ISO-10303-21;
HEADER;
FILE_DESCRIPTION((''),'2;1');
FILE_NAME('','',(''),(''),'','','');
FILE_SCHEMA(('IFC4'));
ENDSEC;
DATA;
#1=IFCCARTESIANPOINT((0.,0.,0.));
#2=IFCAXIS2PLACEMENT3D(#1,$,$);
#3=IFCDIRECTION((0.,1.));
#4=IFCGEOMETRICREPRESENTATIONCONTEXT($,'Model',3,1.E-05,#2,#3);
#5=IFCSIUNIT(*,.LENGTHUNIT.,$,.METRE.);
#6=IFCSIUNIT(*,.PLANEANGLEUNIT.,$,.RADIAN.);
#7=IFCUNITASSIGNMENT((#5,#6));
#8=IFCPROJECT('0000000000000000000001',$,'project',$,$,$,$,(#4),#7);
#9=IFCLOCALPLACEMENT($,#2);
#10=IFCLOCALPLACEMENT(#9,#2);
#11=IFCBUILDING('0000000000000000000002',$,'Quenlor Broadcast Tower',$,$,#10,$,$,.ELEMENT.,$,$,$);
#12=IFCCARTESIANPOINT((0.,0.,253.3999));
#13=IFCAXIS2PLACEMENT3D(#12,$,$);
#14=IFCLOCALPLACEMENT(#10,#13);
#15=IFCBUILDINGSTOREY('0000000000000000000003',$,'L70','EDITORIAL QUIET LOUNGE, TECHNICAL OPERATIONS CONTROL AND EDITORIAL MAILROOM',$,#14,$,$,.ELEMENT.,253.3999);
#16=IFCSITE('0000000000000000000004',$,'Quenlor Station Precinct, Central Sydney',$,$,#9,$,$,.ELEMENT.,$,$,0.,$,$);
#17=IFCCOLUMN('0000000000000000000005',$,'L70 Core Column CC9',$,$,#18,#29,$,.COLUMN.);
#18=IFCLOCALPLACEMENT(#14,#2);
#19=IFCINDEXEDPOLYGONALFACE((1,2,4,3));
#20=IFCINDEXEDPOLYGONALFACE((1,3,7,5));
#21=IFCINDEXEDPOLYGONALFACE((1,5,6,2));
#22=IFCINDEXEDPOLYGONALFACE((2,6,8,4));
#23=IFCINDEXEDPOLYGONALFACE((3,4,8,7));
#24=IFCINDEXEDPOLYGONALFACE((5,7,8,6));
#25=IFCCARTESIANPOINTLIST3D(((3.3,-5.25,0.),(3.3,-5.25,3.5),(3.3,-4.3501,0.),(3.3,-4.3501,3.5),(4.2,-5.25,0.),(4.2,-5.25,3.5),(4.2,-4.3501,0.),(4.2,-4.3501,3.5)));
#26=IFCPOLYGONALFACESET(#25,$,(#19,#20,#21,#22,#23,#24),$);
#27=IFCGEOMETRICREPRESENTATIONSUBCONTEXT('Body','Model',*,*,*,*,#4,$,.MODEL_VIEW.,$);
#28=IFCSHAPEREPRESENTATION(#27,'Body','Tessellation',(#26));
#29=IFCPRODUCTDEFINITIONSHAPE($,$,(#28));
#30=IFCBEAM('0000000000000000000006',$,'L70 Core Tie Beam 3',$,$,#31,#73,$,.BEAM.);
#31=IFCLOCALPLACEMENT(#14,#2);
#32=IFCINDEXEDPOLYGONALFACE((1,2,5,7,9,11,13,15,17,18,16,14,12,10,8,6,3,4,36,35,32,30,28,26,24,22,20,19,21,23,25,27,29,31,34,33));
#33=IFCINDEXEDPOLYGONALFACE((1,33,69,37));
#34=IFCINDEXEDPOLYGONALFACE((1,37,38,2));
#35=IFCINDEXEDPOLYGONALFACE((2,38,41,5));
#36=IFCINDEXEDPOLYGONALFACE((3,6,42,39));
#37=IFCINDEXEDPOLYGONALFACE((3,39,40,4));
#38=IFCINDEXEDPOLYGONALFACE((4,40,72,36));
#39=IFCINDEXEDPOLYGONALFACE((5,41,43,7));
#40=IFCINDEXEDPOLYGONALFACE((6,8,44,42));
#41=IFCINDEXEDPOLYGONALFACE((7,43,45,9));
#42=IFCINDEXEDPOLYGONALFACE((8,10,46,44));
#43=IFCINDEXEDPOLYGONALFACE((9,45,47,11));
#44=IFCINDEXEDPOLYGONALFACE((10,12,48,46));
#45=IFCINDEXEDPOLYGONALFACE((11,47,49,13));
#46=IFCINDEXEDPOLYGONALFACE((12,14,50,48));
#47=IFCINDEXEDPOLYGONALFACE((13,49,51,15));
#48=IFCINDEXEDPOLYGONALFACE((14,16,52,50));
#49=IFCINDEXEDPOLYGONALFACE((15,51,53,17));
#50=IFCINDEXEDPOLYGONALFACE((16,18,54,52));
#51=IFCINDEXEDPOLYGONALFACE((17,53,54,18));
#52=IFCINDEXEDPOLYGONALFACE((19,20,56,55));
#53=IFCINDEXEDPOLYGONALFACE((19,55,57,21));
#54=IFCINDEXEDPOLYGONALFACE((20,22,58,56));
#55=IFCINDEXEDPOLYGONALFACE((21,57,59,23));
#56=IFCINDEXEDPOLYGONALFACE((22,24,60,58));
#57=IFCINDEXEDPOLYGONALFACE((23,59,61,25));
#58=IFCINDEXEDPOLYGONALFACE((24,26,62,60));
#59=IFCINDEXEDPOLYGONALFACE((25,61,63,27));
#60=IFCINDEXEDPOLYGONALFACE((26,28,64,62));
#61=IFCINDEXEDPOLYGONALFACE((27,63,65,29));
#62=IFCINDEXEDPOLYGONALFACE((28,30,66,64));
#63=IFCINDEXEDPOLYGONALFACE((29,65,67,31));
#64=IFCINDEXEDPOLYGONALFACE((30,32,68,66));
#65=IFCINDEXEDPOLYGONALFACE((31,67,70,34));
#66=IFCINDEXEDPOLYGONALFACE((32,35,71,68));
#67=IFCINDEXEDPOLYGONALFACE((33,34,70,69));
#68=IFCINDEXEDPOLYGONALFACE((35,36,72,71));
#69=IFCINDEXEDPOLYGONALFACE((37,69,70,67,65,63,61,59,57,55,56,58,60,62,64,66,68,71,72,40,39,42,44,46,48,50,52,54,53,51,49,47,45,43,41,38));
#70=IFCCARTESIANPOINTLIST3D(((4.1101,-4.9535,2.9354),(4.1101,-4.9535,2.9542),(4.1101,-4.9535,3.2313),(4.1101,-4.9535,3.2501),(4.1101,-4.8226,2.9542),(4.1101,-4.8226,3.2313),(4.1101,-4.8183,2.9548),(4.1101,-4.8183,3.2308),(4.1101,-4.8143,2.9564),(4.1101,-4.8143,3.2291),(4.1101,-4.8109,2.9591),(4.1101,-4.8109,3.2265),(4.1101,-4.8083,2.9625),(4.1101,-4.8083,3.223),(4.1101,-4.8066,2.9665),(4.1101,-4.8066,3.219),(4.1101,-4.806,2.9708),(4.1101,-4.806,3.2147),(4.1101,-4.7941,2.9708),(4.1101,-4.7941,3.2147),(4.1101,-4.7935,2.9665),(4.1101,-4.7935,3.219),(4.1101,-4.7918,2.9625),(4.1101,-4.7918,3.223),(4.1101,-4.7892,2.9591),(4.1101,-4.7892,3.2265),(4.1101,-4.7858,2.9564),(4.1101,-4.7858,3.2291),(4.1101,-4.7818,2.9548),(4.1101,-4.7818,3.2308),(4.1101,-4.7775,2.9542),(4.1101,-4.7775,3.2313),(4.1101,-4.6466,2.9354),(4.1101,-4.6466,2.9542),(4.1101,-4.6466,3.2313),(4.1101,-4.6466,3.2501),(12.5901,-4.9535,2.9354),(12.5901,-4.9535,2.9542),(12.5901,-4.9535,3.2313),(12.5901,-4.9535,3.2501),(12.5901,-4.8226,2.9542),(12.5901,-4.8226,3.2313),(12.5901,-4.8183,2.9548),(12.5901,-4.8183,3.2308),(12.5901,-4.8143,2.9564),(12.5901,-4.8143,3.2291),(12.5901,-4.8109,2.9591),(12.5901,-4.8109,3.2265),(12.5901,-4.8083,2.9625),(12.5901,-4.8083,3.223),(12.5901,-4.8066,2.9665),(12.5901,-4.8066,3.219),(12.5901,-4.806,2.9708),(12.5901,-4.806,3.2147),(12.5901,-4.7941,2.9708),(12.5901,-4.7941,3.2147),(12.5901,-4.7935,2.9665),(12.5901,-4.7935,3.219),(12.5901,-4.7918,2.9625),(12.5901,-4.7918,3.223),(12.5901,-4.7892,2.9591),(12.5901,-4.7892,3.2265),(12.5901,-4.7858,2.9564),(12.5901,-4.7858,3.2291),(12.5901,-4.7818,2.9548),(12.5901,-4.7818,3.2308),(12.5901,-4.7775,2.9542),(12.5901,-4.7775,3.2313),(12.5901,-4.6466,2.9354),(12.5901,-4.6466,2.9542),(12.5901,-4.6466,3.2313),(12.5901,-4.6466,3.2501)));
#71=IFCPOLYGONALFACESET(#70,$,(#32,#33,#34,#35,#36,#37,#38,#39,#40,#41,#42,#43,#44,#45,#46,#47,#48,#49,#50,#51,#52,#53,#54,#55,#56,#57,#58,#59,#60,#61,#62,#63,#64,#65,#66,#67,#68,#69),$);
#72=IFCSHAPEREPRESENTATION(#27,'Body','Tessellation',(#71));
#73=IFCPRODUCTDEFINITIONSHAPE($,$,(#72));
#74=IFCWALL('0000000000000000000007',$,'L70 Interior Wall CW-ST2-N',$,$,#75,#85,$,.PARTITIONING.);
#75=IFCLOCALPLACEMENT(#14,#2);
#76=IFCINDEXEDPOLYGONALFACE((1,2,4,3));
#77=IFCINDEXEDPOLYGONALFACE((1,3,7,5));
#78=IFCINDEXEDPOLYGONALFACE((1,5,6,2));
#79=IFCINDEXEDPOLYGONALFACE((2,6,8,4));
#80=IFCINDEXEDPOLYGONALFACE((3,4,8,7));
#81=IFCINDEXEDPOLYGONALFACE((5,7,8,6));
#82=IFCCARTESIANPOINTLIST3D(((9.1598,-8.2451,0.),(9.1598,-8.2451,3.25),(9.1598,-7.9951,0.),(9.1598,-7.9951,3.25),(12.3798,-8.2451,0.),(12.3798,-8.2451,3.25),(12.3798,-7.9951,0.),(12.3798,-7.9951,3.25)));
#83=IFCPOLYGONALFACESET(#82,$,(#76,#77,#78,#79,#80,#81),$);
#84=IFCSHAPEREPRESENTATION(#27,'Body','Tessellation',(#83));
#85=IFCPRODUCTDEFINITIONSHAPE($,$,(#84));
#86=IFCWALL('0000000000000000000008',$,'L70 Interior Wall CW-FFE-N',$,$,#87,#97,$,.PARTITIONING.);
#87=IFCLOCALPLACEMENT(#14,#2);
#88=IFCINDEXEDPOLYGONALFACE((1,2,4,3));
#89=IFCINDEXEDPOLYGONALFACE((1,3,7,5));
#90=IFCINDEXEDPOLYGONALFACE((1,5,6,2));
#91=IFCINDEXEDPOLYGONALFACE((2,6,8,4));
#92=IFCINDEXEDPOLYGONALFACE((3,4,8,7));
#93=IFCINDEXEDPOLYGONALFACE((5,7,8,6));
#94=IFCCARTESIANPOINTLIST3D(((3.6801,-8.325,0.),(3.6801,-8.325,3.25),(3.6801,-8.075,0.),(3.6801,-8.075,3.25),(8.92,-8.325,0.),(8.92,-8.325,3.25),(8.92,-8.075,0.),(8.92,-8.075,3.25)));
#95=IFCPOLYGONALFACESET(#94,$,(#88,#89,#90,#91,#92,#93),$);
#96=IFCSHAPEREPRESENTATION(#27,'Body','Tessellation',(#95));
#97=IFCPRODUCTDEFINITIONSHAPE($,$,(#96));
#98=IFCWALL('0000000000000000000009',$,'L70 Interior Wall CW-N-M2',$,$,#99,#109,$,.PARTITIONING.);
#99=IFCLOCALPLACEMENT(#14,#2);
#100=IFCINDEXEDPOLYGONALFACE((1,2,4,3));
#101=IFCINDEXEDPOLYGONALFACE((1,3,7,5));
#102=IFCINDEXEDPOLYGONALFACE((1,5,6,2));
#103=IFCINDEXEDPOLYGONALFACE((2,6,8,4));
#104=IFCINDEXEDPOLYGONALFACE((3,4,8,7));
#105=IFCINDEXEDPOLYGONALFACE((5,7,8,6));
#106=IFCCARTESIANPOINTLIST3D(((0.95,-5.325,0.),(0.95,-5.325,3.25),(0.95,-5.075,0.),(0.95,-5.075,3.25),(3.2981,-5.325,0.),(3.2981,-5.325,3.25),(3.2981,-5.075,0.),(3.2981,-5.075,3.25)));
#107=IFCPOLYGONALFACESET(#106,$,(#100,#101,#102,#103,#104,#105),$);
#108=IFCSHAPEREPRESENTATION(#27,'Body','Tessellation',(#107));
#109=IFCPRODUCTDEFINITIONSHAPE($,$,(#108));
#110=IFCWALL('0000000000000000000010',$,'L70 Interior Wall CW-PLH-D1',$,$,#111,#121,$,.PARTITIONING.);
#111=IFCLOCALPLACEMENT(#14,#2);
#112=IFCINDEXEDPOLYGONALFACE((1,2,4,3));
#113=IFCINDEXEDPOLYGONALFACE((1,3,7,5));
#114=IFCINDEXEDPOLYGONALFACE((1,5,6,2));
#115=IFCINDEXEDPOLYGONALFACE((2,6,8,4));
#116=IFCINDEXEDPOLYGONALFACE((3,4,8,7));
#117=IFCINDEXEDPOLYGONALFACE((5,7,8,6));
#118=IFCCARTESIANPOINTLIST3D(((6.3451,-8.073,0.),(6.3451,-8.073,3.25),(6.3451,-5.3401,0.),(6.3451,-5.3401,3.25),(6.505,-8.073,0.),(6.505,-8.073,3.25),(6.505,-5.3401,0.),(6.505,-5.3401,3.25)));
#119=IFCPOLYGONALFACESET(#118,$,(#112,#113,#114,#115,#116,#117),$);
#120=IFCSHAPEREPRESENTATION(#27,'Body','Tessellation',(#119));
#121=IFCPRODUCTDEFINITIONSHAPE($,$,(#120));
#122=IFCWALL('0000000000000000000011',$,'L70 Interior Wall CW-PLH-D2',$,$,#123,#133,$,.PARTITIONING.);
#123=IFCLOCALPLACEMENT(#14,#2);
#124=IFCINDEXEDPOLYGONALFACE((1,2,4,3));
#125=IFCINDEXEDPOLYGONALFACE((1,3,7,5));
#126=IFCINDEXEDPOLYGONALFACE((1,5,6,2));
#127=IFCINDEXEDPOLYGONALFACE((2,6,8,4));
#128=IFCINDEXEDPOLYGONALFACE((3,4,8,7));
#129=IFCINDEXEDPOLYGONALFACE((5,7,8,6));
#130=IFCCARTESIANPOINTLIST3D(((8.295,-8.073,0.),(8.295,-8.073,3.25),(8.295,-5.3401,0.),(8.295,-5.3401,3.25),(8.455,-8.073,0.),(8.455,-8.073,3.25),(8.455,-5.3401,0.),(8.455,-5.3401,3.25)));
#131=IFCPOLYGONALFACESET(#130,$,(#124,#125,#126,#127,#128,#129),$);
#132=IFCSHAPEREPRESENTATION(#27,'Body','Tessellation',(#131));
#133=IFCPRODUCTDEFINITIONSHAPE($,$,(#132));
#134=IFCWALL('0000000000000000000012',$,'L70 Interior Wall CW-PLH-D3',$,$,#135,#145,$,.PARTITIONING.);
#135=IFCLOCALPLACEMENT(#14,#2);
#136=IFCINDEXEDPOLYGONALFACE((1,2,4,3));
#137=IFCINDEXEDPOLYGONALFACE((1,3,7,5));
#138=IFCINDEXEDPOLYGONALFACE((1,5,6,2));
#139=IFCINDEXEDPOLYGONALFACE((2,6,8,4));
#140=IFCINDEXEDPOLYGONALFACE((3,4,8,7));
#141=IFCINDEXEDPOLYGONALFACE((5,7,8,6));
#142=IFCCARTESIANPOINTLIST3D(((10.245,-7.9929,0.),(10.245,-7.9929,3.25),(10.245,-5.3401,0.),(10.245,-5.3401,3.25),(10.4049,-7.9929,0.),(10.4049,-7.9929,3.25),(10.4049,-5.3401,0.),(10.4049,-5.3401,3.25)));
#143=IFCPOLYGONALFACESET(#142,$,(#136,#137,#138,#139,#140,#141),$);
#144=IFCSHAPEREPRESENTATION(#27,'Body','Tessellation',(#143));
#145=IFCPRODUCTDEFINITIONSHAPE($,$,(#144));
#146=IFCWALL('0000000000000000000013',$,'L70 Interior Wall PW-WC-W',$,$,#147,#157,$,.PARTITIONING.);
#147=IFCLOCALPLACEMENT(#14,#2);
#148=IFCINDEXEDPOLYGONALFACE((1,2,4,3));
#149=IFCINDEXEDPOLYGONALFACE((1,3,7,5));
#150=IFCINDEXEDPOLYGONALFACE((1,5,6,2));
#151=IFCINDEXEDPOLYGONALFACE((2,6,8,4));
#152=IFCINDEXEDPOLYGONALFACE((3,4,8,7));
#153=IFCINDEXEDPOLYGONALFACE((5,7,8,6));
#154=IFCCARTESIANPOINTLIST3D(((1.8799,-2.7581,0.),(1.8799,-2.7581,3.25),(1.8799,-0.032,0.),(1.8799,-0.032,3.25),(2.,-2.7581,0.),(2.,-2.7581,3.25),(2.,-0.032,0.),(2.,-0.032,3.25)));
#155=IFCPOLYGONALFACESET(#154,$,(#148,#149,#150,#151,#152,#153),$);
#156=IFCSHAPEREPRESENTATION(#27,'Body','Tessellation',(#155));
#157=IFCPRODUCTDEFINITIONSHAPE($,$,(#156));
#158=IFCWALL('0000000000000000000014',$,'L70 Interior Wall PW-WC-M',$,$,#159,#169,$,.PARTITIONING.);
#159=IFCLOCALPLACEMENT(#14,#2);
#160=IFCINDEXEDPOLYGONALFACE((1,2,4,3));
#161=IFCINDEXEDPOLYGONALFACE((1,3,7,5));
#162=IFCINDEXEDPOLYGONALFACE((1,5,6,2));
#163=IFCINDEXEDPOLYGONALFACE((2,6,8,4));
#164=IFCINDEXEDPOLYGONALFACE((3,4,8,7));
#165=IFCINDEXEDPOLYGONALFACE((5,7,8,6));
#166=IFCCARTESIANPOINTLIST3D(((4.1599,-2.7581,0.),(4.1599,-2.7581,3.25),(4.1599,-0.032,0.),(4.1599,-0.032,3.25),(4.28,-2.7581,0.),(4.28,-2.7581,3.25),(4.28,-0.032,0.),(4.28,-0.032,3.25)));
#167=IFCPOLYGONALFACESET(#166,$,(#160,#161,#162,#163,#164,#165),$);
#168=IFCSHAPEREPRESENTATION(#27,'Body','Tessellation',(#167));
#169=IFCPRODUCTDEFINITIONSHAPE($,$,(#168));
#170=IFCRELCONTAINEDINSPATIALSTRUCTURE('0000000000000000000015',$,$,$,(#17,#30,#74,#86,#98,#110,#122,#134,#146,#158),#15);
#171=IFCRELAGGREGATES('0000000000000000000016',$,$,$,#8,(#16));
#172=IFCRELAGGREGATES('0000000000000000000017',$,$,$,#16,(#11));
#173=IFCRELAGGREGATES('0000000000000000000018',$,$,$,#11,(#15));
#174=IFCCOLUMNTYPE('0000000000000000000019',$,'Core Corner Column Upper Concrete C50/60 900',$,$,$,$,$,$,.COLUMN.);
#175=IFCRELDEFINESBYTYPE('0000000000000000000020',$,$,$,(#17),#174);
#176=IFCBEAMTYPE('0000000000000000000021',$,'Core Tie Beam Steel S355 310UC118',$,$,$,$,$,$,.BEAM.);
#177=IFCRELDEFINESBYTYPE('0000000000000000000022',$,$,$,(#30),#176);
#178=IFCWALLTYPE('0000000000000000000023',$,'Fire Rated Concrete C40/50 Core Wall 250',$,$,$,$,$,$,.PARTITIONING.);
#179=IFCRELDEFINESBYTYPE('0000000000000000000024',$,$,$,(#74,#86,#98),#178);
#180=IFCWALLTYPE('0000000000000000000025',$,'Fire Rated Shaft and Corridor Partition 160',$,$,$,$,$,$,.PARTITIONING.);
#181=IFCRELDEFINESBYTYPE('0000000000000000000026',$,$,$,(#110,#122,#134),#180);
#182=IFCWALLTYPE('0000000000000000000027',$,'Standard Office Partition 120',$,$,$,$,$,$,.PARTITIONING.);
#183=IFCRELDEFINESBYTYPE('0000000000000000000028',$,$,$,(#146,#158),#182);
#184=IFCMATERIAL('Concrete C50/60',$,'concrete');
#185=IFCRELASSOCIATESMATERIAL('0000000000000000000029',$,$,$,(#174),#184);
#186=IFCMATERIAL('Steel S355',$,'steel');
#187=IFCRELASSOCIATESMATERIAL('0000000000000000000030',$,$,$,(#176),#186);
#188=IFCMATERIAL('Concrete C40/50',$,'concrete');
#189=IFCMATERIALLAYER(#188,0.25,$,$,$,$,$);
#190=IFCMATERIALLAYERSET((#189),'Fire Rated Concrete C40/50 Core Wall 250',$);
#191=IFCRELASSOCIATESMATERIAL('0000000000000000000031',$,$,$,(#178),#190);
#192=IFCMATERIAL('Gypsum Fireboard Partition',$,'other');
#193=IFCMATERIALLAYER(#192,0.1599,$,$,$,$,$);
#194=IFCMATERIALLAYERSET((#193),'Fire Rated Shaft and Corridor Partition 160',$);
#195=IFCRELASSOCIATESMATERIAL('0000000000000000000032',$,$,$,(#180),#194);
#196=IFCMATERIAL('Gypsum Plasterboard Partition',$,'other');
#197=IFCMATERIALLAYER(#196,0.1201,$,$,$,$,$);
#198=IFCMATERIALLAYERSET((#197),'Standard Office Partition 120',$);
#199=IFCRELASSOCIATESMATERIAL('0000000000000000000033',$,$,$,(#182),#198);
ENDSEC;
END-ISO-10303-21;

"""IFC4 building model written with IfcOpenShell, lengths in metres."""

from ifc_helpers import new_model, si_unit, direction, frame, frame_2d, origin, origin_2d, place, context, subcontext, project, spatial, rectangle, i_section, extrude, material, layer, layer_set, material_profile, profile_set, type_object, element, save


model = new_model("IFC4")

# Units and contexts
model_context = context("Model", 3, precision=1e-05, world=origin(), true_north=direction((0.0, 1.0)))
body_context = subcontext(model_context, "Body", "Model", "MODEL_VIEW")
ifc_project = project(units=[si_unit("LENGTHUNIT", "METRE"), si_unit("PLANEANGLEUNIT", "RADIAN")], contexts=[model_context])

# Site, building, storey
site_placement = place(None, origin())
site = spatial("IfcSite", under=ifc_project, at=site_placement, Name="Quenlor Station Precinct, Central Sydney", CompositionType="ELEMENT", RefElevation=0.0)
building_placement = place(site_placement, origin())
building = spatial("IfcBuilding", under=site, at=building_placement, Name="Quenlor Broadcast Tower", CompositionType="ELEMENT")
storey_placement = place(building_placement, frame((0.0, 0.0, 253.3999)))
storey = spatial("IfcBuildingStorey", under=building, at=storey_placement, Name="L70", Description="EDITORIAL QUIET LOUNGE, TECHNICAL OPERATIONS CONTROL AND EDITORIAL MAILROOM", CompositionType="ELEMENT", Elevation=253.3999)

# Column
ifc_material_1 = material(Name="Concrete C50/60", Category="concrete")
ifc_material_profile_1 = material_profile(ifc_material_1, rectangle(XDim=0.8999, YDim=0.8999, at=origin_2d()))
ifc_profile_set_1 = profile_set([ifc_material_profile_1], Name="Concrete C50/60 RC900x900")
column_type = type_object("IfcColumnType", Name="Core Corner Column Upper Concrete C50/60 900", PredefinedType="COLUMN", material=ifc_profile_set_1)
column_placement = place(storey_placement, frame((3.75, -4.8, 0.0), z_axis=(0.0, 0.0, 1.0), x_axis=(1.0, 0.0, 0.0)))
element("IfcColumn", 1, at=column_placement, inside=storey, type_object=column_type, Name="L70 Core Column CC9", PredefinedType="COLUMN", context=body_context, shape_type="SweptSolid", body=[
    extrude(rectangle(XDim=0.8999, YDim=0.8999, at=origin_2d()), origin(), (0.0, 0.0, 1.0), 3.5),
])

# Beam
ifc_material_2 = material(Name="Steel S355", Category="steel")
ifc_material_profile_2 = material_profile(ifc_material_2, i_section(OverallWidth=0.3069, OverallDepth=0.3147, WebThickness=0.012, FlangeThickness=0.0188, FilletRadius=0.0166, at=origin_2d()))
ifc_profile_set_2 = profile_set([ifc_material_profile_2], Name="Steel S355 310UC118")
beam_type = type_object("IfcBeamType", Name="Core Tie Beam Steel S355 310UC118", PredefinedType="BEAM", material=ifc_profile_set_2)
beam_placement = place(storey_placement, frame((4.1101, -4.8, 3.0928), z_axis=(1.0, 0.0, 0.0), x_axis=(0.0, 1.0, 0.0)))
element("IfcBeam", 2, at=beam_placement, inside=storey, type_object=beam_type, Name="L70 Core Tie Beam 3", PredefinedType="BEAM", context=body_context, shape_type="SweptSolid", body=[
    extrude(i_section(OverallWidth=0.3069, OverallDepth=0.3147, WebThickness=0.012, FlangeThickness=0.0188, FilletRadius=0.0166, at=origin_2d()), origin(), (0.0, 0.0, 1.0), 8.48),
])

# Walls
ifc_material_3 = material(Name="Concrete C40/50", Category="concrete")
ifc_layer_1 = layer(ifc_material_3, 0.25)
ifc_layer_set_1 = layer_set([ifc_layer_1], Name="Fire Rated Concrete C40/50 Core Wall 250")
wall_type_1 = type_object("IfcWallType", Name="Fire Rated Concrete C40/50 Core Wall 250", PredefinedType="PARTITIONING", material=ifc_layer_set_1)
wall_1_placement = place(storey_placement, frame((9.1599, -8.1201, 0.0), z_axis=(0.0, 0.0, 1.0), x_axis=(1.0, 0.0, 0.0)))
element("IfcWall", 3, at=wall_1_placement, inside=storey, type_object=wall_type_1, Name="L70 Interior Wall CW-ST2-N", PredefinedType="PARTITIONING", context=body_context, shape_type="SweptSolid", body=[
    extrude(rectangle(XDim=3.22, YDim=0.25, at=frame_2d((1.6099, 0.0))), origin(), (0.0, 0.0, 1.0), 3.25),
])
wall_2_placement = place(storey_placement, frame((3.6799, -8.2, 0.0), z_axis=(0.0, 0.0, 1.0), x_axis=(1.0, 0.0, 0.0)))
element("IfcWall", 4, at=wall_2_placement, inside=storey, type_object=wall_type_1, Name="L70 Interior Wall CW-FFE-N", PredefinedType="PARTITIONING", context=body_context, shape_type="SweptSolid", body=[
    extrude(rectangle(XDim=5.24, YDim=0.25, at=frame_2d((2.6201, 0.0))), origin(), (0.0, 0.0, 1.0), 3.25),
])

# Walls
wall_3_placement = place(storey_placement, frame((0.95, -5.2, 0.0), z_axis=(0.0, 0.0, 1.0), x_axis=(1.0, 0.0, 0.0)))
element("IfcWall", 5, at=wall_3_placement, inside=storey, type_object=wall_type_1, Name="L70 Interior Wall CW-N-M2", PredefinedType="PARTITIONING", context=body_context, shape_type="SweptSolid", body=[
    extrude(rectangle(XDim=2.3481, YDim=0.25, at=frame_2d((1.1741, 0.0))), origin(), (0.0, 0.0, 1.0), 3.25),
])
ifc_material_4 = material(Name="Gypsum Fireboard Partition", Category="other")
ifc_layer_2 = layer(ifc_material_4, 0.1599)
ifc_layer_set_2 = layer_set([ifc_layer_2], Name="Fire Rated Shaft and Corridor Partition 160")
wall_type_2 = type_object("IfcWallType", Name="Fire Rated Shaft and Corridor Partition 160", PredefinedType="PARTITIONING", material=ifc_layer_set_2)
for number, where, z_axis, x_axis, name in (
    (6, (6.425, -8.073, 0.0), (0.0, 0.0, 1.0), (0.0, 1.0, 0.0), "L70 Interior Wall CW-PLH-D1"),
    (7, (8.375, -8.073, 0.0), (0.0, 0.0, 1.0), (0.0, 1.0, 0.0), "L70 Interior Wall CW-PLH-D2"),
):
    element("IfcWall", number, at=place(storey_placement, frame(where, z_axis=z_axis, x_axis=x_axis)), inside=storey, type_object=wall_type_2, Name=name, PredefinedType="PARTITIONING", context=body_context, shape_type="SweptSolid", body=[
        extrude(rectangle(XDim=2.7329, YDim=0.1599, at=frame_2d((1.3665, 0.0))), origin(), (0.0, 0.0, 1.0), 3.25),
    ])
wall_4_placement = place(storey_placement, frame((10.325, -7.9929, 0.0), z_axis=(0.0, 0.0, 1.0), x_axis=(0.0, 1.0, 0.0)))
element("IfcWall", 8, at=wall_4_placement, inside=storey, type_object=wall_type_2, Name="L70 Interior Wall CW-PLH-D3", PredefinedType="PARTITIONING", context=body_context, shape_type="SweptSolid", body=[
    extrude(rectangle(XDim=2.6528, YDim=0.1599, at=frame_2d((1.3264, 0.0))), origin(), (0.0, 0.0, 1.0), 3.25),
])

# Shared definitions
ifc_material_5 = material(Name="Gypsum Plasterboard Partition", Category="other")
ifc_layer_3 = layer(ifc_material_5, 0.1201)
ifc_layer_set_3 = layer_set([ifc_layer_3], Name="Standard Office Partition 120")
wall_type_3 = type_object("IfcWallType", Name="Standard Office Partition 120", PredefinedType="PARTITIONING", material=ifc_layer_set_3)

# Walls
for number, where, z_axis, x_axis, name in (
    (9, (1.9399, -2.7581, 0.0), (0.0, 0.0, 1.0), (0.0, 1.0, 0.0), "L70 Interior Wall PW-WC-W"),
    (10, (4.22, -2.7581, 0.0), (0.0, 0.0, 1.0), (0.0, 1.0, 0.0), "L70 Interior Wall PW-WC-M"),
):
    element("IfcWall", number, at=place(storey_placement, frame(where, z_axis=z_axis, x_axis=x_axis)), inside=storey, type_object=wall_type_3, Name=name, PredefinedType="PARTITIONING", context=body_context, shape_type="SweptSolid", body=[
        extrude(rectangle(XDim=2.7261, YDim=0.1201, at=frame_2d((1.363, 0.0))), origin(), (0.0, 0.0, 1.0), 3.25),
    ])

save(model, "model.ifc")
